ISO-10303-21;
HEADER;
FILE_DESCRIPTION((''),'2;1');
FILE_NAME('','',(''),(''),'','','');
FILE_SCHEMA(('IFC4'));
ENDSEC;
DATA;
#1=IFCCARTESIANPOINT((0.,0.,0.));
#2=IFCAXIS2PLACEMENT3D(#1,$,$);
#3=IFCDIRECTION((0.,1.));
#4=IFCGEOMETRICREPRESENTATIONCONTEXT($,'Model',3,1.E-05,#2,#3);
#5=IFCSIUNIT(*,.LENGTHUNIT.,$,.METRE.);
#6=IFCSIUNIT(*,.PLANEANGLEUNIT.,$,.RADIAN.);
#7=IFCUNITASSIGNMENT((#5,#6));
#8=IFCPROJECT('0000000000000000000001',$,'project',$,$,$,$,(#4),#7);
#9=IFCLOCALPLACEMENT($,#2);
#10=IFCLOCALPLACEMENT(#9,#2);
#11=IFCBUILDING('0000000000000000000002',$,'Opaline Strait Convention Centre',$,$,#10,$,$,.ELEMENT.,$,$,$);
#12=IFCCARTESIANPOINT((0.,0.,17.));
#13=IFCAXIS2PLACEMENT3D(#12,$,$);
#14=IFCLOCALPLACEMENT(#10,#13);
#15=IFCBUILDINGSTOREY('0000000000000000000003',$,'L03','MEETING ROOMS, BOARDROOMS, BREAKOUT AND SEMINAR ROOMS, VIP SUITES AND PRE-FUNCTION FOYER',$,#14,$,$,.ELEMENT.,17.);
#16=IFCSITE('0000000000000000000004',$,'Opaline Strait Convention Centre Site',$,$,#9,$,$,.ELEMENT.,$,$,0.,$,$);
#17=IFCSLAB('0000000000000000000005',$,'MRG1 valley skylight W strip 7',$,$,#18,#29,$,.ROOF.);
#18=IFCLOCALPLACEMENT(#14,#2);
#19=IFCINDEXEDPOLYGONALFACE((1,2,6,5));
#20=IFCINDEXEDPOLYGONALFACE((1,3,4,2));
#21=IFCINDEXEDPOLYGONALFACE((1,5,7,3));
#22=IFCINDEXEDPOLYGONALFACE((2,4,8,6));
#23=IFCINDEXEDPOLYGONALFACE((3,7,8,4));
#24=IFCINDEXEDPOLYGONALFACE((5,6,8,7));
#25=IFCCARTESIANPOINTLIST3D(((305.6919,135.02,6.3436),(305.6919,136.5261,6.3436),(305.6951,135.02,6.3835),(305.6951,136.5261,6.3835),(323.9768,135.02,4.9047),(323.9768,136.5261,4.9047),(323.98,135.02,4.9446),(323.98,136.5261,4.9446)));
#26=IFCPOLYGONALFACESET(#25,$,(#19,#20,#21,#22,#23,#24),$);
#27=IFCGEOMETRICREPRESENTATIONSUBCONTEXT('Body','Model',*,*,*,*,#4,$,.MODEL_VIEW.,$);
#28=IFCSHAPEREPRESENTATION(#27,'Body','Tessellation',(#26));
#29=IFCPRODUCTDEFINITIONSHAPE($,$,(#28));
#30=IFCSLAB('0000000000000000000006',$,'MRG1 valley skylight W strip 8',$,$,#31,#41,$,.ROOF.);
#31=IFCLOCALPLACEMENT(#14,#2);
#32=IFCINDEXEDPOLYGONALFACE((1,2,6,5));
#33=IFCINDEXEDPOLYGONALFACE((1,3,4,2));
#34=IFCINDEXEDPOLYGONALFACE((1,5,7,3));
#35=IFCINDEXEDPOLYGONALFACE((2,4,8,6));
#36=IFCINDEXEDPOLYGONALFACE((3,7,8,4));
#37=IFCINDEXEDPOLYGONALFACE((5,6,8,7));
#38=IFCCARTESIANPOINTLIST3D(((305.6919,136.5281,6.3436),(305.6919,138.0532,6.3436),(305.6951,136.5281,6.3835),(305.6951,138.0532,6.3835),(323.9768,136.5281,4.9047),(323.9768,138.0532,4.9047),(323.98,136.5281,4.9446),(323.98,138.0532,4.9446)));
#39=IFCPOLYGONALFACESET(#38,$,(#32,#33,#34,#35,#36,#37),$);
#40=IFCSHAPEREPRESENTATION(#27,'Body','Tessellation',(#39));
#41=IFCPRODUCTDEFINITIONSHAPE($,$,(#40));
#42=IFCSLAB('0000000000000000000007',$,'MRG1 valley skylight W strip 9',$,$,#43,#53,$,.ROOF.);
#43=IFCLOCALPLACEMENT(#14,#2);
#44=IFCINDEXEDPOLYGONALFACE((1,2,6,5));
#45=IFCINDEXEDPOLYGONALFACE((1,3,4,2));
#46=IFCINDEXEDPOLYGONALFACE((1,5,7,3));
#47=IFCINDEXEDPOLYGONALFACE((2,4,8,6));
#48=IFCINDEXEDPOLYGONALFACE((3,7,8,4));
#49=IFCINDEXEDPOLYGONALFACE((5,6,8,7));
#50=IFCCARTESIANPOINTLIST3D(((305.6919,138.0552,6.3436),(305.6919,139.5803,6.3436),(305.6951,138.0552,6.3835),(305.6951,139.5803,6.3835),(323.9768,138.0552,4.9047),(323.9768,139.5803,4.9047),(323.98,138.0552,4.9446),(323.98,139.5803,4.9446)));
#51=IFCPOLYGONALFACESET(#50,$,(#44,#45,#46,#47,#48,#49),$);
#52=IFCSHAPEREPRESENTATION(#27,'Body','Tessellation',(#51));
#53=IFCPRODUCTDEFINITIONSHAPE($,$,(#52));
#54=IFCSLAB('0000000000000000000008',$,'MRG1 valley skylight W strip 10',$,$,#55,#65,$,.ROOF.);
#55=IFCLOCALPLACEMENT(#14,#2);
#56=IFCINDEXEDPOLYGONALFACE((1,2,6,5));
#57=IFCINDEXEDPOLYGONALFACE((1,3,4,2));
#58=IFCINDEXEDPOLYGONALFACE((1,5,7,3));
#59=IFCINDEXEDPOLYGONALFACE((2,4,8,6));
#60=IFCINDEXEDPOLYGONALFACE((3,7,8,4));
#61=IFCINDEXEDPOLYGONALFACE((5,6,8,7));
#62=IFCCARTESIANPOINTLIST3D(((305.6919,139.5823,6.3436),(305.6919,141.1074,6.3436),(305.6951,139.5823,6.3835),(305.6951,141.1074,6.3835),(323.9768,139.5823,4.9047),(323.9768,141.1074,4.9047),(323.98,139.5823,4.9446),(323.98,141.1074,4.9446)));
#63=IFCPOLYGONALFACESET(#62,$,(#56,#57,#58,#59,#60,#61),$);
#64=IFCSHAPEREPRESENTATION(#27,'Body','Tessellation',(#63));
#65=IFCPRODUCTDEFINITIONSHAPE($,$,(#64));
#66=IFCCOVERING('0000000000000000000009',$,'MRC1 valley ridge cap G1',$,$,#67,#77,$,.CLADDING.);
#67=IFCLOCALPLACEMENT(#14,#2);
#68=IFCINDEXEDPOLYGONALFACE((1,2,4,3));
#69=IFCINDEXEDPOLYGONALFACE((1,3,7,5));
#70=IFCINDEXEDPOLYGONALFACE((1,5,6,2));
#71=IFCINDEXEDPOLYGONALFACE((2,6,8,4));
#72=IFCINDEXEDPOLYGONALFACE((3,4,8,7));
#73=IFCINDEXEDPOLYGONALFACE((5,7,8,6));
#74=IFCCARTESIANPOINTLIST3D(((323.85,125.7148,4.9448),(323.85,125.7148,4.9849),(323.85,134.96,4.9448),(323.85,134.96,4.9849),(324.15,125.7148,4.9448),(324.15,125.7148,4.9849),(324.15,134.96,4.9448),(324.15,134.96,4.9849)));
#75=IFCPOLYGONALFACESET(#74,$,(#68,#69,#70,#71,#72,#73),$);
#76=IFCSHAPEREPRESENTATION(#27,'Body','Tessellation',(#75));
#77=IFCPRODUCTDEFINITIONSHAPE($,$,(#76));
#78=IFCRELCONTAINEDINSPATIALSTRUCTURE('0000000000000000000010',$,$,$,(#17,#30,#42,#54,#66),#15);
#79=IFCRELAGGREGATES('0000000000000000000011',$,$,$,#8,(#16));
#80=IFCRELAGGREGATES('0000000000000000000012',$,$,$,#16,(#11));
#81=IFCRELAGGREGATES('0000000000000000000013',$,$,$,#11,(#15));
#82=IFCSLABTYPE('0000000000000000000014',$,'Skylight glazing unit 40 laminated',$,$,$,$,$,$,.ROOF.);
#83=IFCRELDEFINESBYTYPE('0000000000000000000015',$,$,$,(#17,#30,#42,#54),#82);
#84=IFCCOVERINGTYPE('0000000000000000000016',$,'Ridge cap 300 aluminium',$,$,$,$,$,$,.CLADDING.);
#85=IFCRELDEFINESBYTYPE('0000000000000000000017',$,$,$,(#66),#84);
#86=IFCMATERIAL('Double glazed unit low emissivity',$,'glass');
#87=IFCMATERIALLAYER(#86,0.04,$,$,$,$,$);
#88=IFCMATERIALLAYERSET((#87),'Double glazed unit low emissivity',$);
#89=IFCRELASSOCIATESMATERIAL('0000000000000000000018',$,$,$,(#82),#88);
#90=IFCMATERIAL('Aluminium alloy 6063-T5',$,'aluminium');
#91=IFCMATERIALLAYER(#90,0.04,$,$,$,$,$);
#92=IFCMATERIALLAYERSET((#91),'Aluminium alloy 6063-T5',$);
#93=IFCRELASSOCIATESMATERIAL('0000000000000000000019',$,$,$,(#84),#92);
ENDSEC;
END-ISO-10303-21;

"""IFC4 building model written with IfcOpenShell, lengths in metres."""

from ifc_helpers import new_model, si_unit, direction, frame, origin, origin_2d, place, context, subcontext, project, spatial, polyline, rectangle, outline, extrude, material, layer, layer_set, type_object, element, save


model = new_model("IFC4")

# Units and contexts
model_context = context("Model", 3, precision=1e-05, world=origin(), true_north=direction((0.0, 1.0)))
body_context = subcontext(model_context, "Body", "Model", "MODEL_VIEW")
ifc_project = project(units=[si_unit("LENGTHUNIT", "METRE"), si_unit("PLANEANGLEUNIT", "RADIAN")], contexts=[model_context])

# Site, building, storey
site_placement = place(None, origin())
site = spatial("IfcSite", under=ifc_project, at=site_placement, Name="Opaline Strait Convention Centre Site", CompositionType="ELEMENT", RefElevation=0.0)
building_placement = place(site_placement, origin())
building = spatial("IfcBuilding", under=site, at=building_placement, Name="Opaline Strait Convention Centre", CompositionType="ELEMENT")
storey_placement = place(building_placement, frame((0.0, 0.0, 17.0)))
storey = spatial("IfcBuildingStorey", under=building, at=storey_placement, Name="L03", Description="MEETING ROOMS, BOARDROOMS, BREAKOUT AND SEMINAR ROOMS, VIP SUITES AND PRE-FUNCTION FOYER", CompositionType="ELEMENT", Elevation=17.0)

# Slabs
ifc_material_1 = material(Name="Double glazed unit low emissivity", Category="glass")
ifc_layer_1 = layer(ifc_material_1, 0.04)
ifc_layer_set_1 = layer_set([ifc_layer_1], Name="Double glazed unit low emissivity")
slab_type = type_object("IfcSlabType", Name="Skylight glazing unit 40 laminated", PredefinedType="ROOF", material=ifc_layer_set_1)
slab_1_placement = place(storey_placement, frame((305.6951, 135.02, 6.3835), z_axis=(0.078454, 0.0, 0.996918), x_axis=(0.996918, 0.0, -0.078454)))
element("IfcSlab", 1, at=slab_1_placement, inside=storey, type_object=slab_type, Name="MRG1 valley skylight W strip 7", PredefinedType="ROOF", context=body_context, shape_type="SweptSolid", body=[
    extrude(outline(polyline([(0.0, 0.0), (18.3414, 0.0), (18.3414, 1.5061), (0.0, 1.5061), (0.0, 0.0)])), origin(), (0.0, 0.0, -1.0), 0.04),
])
for number, where, z_axis, x_axis, name in (
    (2, (305.6951, 136.5281, 6.3835), (0.078454, 0.0, 0.996918), (0.996918, 0.0, -0.078454), "MRG1 valley skylight W strip 8"),
    (3, (305.6951, 138.0552, 6.3835), (0.078454, 0.0, 0.996918), (0.996918, 0.0, -0.078454), "MRG1 valley skylight W strip 9"),
    (4, (305.6951, 139.5823, 6.3835), (0.078454, 0.0, 0.996918), (0.996918, 0.0, -0.078454), "MRG1 valley skylight W strip 10"),
):
    element("IfcSlab", number, at=place(storey_placement, frame(where, z_axis=z_axis, x_axis=x_axis)), inside=storey, type_object=slab_type, Name=name, PredefinedType="ROOF", context=body_context, shape_type="SweptSolid", body=[
        extrude(outline(polyline([(0.0, 0.0), (18.3414, 0.0), (18.3414, 1.5251), (0.0, 1.5251), (0.0, 0.0)])), origin(), (0.0, 0.0, -1.0), 0.04),
    ])

# Covering
ifc_material_2 = material(Name="Aluminium alloy 6063-T5", Category="aluminium")
ifc_layer_2 = layer(ifc_material_2, 0.04)
ifc_layer_set_2 = layer_set([ifc_layer_2], Name="Aluminium alloy 6063-T5")
covering_type = type_object("IfcCoveringType", Name="Ridge cap 300 aluminium", PredefinedType="CLADDING", material=ifc_layer_set_2)
covering_placement = place(storey_placement, frame((324.0, 130.3374, 4.9448), z_axis=(0.0, 0.0, 1.0), x_axis=(1.0, 0.0, 0.0)))
element("IfcCovering", 5, at=covering_placement, inside=storey, type_object=covering_type, Name="MRC1 valley ridge cap G1", PredefinedType="CLADDING", context=body_context, shape_type="SweptSolid", body=[
    extrude(rectangle(XDim=0.3, YDim=9.2451, at=origin_2d()), origin(), (0.0, 0.0, 1.0), 0.04),
])

save(model, "model.ifc")
